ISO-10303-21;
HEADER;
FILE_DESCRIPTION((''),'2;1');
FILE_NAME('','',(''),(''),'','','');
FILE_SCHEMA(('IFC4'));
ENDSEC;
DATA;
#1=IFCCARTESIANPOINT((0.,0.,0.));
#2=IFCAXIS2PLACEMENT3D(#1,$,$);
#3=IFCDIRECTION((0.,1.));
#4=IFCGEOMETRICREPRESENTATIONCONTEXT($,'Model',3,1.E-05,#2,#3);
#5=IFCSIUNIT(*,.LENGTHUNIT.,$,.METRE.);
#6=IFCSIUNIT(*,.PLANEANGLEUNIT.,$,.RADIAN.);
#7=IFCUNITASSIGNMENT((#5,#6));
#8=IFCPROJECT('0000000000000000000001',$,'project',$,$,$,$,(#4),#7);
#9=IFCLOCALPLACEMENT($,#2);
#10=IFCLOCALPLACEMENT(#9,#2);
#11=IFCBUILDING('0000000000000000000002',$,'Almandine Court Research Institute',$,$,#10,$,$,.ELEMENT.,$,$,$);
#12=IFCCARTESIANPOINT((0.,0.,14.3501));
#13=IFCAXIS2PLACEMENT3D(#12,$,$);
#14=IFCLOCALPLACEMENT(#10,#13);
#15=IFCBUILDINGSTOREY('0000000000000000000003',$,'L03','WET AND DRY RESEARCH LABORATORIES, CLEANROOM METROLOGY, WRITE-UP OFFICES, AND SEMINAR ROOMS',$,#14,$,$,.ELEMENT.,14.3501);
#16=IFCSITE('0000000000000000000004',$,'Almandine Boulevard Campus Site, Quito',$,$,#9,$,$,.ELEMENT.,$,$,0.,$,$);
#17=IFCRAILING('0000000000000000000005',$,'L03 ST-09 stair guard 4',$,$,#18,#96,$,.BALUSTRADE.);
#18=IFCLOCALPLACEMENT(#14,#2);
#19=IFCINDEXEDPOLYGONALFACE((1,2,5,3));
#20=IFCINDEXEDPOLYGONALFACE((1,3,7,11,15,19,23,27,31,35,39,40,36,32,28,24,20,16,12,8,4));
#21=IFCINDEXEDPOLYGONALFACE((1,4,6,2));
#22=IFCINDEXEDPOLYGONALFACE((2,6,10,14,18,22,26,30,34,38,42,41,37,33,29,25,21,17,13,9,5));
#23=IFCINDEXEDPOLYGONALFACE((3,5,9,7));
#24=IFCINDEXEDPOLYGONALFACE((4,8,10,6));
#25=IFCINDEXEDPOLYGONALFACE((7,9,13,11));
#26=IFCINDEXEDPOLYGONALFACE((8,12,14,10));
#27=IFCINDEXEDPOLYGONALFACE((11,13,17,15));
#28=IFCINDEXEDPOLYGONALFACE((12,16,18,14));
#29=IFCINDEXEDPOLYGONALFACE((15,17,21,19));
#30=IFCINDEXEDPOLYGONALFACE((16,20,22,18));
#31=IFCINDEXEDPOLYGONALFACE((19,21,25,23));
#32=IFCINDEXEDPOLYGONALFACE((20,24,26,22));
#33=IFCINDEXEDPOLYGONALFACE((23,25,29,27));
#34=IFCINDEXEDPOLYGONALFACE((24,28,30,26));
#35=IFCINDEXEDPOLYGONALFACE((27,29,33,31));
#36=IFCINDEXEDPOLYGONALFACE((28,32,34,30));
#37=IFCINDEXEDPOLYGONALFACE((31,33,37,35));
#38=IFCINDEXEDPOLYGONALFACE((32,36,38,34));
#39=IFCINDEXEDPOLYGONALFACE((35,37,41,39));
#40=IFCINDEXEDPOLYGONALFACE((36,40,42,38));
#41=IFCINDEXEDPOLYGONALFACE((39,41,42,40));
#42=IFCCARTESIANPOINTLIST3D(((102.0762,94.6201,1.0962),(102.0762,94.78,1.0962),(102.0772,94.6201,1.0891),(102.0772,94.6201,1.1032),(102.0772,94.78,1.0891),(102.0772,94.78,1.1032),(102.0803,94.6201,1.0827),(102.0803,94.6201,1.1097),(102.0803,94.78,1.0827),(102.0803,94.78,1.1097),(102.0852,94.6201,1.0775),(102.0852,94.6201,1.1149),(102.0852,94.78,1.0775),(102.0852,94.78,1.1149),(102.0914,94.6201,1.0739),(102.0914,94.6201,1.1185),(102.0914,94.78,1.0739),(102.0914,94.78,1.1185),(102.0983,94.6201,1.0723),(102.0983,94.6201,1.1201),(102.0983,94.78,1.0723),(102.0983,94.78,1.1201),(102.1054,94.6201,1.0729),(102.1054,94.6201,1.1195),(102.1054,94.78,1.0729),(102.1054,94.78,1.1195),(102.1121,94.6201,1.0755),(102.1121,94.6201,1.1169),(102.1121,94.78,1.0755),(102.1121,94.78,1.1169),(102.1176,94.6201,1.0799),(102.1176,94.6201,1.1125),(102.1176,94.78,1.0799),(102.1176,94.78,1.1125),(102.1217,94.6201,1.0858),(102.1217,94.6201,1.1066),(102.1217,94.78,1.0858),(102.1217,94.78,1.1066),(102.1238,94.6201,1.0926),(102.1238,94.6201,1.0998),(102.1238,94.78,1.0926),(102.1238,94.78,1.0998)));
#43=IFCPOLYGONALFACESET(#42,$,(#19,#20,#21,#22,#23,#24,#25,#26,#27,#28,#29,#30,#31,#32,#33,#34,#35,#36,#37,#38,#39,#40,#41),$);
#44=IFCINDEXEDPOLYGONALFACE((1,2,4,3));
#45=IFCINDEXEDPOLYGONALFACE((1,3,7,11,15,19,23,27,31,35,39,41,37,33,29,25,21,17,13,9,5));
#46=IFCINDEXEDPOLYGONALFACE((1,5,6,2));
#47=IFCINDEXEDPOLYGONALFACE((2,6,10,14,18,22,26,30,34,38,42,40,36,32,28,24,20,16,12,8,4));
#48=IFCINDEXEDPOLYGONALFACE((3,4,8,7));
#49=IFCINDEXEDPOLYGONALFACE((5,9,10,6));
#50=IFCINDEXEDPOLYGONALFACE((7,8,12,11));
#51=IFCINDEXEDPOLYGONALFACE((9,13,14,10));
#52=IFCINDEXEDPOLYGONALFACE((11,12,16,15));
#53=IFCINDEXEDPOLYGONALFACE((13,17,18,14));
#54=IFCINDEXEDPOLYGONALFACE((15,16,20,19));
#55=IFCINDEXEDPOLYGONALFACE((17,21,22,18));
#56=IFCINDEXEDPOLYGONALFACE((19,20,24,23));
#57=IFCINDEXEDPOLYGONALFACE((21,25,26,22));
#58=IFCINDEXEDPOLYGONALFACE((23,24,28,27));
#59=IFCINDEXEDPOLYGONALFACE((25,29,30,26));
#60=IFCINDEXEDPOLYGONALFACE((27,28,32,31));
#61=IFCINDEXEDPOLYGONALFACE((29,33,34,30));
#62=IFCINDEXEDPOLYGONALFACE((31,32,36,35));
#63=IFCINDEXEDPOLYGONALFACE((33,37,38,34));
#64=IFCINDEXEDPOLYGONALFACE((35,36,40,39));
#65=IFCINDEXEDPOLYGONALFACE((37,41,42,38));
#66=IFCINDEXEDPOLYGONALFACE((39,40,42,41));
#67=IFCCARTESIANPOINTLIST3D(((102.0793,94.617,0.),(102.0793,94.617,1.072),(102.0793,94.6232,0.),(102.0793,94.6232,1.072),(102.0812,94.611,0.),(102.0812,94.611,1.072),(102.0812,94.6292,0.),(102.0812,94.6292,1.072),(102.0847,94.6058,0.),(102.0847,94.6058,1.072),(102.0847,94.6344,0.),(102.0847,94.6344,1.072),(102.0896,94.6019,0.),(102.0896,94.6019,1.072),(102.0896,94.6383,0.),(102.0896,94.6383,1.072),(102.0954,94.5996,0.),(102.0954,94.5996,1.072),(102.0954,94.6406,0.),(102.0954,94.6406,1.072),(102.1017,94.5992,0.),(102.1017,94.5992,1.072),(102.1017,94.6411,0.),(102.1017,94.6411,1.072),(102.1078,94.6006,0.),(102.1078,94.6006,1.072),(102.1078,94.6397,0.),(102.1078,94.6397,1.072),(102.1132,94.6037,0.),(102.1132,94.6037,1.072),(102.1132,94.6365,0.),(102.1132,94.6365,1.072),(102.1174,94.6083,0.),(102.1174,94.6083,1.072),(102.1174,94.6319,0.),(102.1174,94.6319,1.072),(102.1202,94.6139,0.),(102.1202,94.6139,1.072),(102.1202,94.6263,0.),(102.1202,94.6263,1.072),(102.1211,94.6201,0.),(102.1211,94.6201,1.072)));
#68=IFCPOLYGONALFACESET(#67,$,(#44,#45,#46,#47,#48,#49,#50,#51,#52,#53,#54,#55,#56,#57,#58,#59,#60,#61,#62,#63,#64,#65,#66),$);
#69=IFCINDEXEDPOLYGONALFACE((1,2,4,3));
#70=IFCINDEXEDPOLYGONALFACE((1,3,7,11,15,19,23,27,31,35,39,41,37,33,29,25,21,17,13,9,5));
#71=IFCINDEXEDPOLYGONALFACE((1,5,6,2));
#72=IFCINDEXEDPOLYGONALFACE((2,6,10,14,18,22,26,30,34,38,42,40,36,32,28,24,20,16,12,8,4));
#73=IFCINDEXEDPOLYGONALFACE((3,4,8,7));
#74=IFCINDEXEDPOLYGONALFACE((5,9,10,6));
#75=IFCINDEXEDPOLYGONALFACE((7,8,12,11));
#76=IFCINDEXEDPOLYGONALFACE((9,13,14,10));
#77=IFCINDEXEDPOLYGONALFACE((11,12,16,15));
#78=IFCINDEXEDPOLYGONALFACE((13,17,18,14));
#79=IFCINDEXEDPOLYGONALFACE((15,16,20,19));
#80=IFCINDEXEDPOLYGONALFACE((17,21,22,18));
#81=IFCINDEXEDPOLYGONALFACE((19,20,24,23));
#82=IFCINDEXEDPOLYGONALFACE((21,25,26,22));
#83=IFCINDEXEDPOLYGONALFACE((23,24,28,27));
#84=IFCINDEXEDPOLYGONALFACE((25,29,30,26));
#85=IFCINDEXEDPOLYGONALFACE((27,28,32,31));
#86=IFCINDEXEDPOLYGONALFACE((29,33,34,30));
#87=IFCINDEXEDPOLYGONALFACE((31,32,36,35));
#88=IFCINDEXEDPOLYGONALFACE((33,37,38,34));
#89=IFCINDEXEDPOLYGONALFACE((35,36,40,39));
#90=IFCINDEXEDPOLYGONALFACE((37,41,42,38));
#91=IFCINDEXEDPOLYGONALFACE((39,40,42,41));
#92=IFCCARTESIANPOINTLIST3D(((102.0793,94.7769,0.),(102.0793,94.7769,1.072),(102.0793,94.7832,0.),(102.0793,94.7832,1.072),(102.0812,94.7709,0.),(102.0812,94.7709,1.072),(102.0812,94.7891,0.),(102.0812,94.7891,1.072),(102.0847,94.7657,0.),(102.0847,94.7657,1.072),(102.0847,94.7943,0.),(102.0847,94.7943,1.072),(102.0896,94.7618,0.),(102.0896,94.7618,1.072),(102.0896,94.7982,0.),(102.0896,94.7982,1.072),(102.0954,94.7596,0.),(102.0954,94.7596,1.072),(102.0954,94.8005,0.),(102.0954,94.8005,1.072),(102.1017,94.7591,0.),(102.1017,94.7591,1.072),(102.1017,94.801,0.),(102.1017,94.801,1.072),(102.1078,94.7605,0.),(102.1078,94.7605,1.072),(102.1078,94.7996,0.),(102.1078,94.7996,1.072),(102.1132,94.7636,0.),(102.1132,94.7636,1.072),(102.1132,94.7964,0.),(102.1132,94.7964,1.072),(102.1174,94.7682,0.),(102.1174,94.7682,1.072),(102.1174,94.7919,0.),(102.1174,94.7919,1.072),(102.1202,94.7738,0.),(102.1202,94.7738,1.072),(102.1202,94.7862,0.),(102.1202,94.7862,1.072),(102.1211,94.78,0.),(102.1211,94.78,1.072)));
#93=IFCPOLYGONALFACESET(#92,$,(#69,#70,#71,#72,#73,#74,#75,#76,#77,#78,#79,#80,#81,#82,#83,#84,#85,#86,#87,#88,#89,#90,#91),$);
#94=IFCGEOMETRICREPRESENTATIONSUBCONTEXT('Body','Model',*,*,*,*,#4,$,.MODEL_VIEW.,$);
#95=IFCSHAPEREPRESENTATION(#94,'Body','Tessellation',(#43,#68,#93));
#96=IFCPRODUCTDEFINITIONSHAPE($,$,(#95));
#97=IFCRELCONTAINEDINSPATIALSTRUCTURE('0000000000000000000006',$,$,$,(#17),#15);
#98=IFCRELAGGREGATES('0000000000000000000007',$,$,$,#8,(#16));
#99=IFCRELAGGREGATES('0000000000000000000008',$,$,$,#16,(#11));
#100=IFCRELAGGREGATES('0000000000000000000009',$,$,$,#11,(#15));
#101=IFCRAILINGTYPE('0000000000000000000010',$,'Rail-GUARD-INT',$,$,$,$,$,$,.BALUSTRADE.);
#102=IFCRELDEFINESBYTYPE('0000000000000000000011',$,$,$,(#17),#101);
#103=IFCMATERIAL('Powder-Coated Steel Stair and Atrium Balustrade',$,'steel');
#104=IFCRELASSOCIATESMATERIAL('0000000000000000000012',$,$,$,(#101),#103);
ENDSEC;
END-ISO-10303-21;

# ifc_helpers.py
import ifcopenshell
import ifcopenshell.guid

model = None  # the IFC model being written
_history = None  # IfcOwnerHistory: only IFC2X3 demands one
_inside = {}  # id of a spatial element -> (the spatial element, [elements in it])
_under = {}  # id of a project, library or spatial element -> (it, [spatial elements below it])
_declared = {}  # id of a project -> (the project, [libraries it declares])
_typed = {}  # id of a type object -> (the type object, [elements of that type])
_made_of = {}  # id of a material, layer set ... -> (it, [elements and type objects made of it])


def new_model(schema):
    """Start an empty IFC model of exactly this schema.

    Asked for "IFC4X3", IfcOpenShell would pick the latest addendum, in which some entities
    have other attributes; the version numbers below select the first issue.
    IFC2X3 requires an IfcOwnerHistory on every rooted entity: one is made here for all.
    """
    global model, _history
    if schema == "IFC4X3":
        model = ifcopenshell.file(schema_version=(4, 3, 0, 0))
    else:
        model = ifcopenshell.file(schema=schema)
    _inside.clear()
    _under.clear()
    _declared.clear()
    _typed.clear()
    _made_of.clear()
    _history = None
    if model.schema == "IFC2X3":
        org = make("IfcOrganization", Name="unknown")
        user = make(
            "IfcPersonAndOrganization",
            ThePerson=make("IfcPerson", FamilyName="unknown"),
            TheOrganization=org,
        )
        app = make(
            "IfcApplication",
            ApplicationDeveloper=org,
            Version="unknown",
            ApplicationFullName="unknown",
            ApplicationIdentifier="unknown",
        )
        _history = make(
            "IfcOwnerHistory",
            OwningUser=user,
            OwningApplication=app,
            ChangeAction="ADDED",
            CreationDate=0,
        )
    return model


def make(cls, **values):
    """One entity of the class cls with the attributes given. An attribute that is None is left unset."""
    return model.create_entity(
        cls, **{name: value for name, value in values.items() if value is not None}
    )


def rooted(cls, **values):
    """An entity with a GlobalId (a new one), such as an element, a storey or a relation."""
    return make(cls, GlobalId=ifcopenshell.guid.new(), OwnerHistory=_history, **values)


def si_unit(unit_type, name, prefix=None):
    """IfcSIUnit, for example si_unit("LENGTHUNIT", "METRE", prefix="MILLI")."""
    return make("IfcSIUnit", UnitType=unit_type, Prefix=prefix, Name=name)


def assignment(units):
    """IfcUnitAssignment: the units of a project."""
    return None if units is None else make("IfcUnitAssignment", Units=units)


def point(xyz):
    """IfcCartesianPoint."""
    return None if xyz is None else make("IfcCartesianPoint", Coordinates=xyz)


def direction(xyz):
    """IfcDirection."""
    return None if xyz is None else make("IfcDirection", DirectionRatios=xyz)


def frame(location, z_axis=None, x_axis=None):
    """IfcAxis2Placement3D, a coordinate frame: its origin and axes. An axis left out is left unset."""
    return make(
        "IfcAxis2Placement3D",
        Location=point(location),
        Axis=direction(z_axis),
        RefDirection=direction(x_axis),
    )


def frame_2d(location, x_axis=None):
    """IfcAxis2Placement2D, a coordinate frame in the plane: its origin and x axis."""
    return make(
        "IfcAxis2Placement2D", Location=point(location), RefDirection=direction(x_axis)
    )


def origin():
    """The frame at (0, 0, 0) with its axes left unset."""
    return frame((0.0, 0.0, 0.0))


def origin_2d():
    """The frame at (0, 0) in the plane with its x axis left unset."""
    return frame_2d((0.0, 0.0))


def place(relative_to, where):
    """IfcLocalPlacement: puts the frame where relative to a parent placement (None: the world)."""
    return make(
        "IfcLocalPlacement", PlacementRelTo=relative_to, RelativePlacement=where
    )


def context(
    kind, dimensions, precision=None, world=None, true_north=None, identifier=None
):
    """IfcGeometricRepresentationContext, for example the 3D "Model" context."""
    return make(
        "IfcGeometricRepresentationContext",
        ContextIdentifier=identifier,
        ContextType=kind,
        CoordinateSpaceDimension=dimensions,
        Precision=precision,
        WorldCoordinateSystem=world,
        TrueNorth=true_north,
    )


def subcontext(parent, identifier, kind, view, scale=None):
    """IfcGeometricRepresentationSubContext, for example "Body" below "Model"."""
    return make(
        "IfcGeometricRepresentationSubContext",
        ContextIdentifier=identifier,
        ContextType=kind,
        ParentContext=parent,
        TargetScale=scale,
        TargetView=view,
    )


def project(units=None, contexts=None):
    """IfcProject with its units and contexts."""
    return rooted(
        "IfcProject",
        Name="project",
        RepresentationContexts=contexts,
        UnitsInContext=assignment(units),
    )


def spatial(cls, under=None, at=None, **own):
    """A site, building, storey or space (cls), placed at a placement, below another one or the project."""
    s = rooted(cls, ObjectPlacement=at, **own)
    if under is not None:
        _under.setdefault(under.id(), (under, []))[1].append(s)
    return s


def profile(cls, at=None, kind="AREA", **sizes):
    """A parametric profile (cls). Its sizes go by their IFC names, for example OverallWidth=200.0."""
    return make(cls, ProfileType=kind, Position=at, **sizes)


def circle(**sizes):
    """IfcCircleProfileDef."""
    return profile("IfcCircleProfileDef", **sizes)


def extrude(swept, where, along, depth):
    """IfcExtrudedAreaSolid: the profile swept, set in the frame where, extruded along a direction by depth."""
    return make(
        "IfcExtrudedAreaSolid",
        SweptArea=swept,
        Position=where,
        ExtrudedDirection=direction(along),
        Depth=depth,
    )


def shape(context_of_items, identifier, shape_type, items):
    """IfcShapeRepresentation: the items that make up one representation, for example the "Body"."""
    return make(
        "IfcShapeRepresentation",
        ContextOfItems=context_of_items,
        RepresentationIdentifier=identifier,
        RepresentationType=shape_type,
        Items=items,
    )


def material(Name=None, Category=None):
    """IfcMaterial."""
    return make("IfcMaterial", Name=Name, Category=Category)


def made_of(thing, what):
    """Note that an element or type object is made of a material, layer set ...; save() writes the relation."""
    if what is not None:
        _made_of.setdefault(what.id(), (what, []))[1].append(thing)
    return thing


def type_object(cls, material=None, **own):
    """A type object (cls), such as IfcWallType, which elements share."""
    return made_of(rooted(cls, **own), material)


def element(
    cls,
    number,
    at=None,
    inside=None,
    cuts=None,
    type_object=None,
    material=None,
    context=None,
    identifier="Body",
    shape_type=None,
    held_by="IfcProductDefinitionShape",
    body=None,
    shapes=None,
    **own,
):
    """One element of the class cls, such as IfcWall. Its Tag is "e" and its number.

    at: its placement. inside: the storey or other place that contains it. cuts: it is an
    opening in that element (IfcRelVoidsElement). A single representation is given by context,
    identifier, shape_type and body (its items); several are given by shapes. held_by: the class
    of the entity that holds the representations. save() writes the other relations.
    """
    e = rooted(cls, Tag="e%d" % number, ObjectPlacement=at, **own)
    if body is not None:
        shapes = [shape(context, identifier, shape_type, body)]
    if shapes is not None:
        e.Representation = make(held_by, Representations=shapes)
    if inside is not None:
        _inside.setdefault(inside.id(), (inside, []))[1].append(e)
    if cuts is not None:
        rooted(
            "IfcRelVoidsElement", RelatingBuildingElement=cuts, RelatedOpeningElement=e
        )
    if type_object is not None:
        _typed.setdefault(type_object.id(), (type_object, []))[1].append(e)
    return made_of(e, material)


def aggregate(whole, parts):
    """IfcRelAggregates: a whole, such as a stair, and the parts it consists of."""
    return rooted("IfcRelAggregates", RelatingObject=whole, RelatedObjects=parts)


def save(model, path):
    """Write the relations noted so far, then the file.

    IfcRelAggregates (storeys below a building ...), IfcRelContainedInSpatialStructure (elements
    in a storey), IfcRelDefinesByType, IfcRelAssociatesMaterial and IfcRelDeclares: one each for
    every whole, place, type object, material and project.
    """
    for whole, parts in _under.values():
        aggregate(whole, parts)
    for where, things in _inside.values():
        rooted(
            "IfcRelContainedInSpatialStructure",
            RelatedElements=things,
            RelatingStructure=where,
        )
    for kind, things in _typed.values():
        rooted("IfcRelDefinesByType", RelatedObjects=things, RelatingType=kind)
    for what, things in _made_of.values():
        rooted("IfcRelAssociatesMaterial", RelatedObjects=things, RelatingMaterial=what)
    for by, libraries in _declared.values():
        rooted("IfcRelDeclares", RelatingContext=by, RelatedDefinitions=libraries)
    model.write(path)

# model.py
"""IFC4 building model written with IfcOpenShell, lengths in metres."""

from ifc_helpers import new_model, si_unit, direction, frame, origin, origin_2d, place, context, subcontext, project, spatial, circle, extrude, material, type_object, element, save


model = new_model("IFC4")

# Units and contexts
model_context = context("Model", 3, precision=1e-05, world=origin(), true_north=direction((0.0, 1.0)))
body_context = subcontext(model_context, "Body", "Model", "MODEL_VIEW")
ifc_project = project(units=[si_unit("LENGTHUNIT", "METRE"), si_unit("PLANEANGLEUNIT", "RADIAN")], contexts=[model_context])

# Site, building, storey
site_placement = place(None, origin())
site = spatial("IfcSite", under=ifc_project, at=site_placement, Name="Almandine Boulevard Campus Site, Quito", CompositionType="ELEMENT", RefElevation=0.0)
building_placement = place(site_placement, origin())
building = spatial("IfcBuilding", under=site, at=building_placement, Name="Almandine Court Research Institute", CompositionType="ELEMENT")
storey_placement = place(building_placement, frame((0.0, 0.0, 14.3501)))
storey = spatial("IfcBuildingStorey", under=building, at=storey_placement, Name="L03", Description="WET AND DRY RESEARCH LABORATORIES, CLEANROOM METROLOGY, WRITE-UP OFFICES, AND SEMINAR ROOMS", CompositionType="ELEMENT", Elevation=14.3501)

# Railing
ifc_material_1 = material(Name="Powder-Coated Steel Stair and Atrium Balustrade", Category="steel")
railing_type_1 = type_object("IfcRailingType", Name="Rail-GUARD-INT", PredefinedType="BALUSTRADE", material=ifc_material_1)
railing_1_placement = place(storey_placement, frame((102.1001, 94.6201, 0.0)))
element("IfcRailing", 1, at=railing_1_placement, inside=storey, type_object=railing_type_1, Name="L03 ST-09 stair guard 4", PredefinedType="BALUSTRADE", context=body_context, shape_type="SweptSolid", body=[
    extrude(circle(Radius=0.0239, at=origin_2d()), frame((0.0, 0.0, 1.0962), z_axis=(0.0, 1.0, 0.0), x_axis=(-1.0, 0.0, 0.0)), (0.0, 0.0, 1.0), 0.1599),
    extrude(circle(Radius=0.021, at=origin_2d()), origin(), (0.0, 0.0, 1.0), 1.072),
    extrude(circle(Radius=0.021, at=origin_2d()), frame((0.0, 0.1599, 0.0)), (0.0, 0.0, 1.0), 1.072),
])

save(model, "model.ifc")
